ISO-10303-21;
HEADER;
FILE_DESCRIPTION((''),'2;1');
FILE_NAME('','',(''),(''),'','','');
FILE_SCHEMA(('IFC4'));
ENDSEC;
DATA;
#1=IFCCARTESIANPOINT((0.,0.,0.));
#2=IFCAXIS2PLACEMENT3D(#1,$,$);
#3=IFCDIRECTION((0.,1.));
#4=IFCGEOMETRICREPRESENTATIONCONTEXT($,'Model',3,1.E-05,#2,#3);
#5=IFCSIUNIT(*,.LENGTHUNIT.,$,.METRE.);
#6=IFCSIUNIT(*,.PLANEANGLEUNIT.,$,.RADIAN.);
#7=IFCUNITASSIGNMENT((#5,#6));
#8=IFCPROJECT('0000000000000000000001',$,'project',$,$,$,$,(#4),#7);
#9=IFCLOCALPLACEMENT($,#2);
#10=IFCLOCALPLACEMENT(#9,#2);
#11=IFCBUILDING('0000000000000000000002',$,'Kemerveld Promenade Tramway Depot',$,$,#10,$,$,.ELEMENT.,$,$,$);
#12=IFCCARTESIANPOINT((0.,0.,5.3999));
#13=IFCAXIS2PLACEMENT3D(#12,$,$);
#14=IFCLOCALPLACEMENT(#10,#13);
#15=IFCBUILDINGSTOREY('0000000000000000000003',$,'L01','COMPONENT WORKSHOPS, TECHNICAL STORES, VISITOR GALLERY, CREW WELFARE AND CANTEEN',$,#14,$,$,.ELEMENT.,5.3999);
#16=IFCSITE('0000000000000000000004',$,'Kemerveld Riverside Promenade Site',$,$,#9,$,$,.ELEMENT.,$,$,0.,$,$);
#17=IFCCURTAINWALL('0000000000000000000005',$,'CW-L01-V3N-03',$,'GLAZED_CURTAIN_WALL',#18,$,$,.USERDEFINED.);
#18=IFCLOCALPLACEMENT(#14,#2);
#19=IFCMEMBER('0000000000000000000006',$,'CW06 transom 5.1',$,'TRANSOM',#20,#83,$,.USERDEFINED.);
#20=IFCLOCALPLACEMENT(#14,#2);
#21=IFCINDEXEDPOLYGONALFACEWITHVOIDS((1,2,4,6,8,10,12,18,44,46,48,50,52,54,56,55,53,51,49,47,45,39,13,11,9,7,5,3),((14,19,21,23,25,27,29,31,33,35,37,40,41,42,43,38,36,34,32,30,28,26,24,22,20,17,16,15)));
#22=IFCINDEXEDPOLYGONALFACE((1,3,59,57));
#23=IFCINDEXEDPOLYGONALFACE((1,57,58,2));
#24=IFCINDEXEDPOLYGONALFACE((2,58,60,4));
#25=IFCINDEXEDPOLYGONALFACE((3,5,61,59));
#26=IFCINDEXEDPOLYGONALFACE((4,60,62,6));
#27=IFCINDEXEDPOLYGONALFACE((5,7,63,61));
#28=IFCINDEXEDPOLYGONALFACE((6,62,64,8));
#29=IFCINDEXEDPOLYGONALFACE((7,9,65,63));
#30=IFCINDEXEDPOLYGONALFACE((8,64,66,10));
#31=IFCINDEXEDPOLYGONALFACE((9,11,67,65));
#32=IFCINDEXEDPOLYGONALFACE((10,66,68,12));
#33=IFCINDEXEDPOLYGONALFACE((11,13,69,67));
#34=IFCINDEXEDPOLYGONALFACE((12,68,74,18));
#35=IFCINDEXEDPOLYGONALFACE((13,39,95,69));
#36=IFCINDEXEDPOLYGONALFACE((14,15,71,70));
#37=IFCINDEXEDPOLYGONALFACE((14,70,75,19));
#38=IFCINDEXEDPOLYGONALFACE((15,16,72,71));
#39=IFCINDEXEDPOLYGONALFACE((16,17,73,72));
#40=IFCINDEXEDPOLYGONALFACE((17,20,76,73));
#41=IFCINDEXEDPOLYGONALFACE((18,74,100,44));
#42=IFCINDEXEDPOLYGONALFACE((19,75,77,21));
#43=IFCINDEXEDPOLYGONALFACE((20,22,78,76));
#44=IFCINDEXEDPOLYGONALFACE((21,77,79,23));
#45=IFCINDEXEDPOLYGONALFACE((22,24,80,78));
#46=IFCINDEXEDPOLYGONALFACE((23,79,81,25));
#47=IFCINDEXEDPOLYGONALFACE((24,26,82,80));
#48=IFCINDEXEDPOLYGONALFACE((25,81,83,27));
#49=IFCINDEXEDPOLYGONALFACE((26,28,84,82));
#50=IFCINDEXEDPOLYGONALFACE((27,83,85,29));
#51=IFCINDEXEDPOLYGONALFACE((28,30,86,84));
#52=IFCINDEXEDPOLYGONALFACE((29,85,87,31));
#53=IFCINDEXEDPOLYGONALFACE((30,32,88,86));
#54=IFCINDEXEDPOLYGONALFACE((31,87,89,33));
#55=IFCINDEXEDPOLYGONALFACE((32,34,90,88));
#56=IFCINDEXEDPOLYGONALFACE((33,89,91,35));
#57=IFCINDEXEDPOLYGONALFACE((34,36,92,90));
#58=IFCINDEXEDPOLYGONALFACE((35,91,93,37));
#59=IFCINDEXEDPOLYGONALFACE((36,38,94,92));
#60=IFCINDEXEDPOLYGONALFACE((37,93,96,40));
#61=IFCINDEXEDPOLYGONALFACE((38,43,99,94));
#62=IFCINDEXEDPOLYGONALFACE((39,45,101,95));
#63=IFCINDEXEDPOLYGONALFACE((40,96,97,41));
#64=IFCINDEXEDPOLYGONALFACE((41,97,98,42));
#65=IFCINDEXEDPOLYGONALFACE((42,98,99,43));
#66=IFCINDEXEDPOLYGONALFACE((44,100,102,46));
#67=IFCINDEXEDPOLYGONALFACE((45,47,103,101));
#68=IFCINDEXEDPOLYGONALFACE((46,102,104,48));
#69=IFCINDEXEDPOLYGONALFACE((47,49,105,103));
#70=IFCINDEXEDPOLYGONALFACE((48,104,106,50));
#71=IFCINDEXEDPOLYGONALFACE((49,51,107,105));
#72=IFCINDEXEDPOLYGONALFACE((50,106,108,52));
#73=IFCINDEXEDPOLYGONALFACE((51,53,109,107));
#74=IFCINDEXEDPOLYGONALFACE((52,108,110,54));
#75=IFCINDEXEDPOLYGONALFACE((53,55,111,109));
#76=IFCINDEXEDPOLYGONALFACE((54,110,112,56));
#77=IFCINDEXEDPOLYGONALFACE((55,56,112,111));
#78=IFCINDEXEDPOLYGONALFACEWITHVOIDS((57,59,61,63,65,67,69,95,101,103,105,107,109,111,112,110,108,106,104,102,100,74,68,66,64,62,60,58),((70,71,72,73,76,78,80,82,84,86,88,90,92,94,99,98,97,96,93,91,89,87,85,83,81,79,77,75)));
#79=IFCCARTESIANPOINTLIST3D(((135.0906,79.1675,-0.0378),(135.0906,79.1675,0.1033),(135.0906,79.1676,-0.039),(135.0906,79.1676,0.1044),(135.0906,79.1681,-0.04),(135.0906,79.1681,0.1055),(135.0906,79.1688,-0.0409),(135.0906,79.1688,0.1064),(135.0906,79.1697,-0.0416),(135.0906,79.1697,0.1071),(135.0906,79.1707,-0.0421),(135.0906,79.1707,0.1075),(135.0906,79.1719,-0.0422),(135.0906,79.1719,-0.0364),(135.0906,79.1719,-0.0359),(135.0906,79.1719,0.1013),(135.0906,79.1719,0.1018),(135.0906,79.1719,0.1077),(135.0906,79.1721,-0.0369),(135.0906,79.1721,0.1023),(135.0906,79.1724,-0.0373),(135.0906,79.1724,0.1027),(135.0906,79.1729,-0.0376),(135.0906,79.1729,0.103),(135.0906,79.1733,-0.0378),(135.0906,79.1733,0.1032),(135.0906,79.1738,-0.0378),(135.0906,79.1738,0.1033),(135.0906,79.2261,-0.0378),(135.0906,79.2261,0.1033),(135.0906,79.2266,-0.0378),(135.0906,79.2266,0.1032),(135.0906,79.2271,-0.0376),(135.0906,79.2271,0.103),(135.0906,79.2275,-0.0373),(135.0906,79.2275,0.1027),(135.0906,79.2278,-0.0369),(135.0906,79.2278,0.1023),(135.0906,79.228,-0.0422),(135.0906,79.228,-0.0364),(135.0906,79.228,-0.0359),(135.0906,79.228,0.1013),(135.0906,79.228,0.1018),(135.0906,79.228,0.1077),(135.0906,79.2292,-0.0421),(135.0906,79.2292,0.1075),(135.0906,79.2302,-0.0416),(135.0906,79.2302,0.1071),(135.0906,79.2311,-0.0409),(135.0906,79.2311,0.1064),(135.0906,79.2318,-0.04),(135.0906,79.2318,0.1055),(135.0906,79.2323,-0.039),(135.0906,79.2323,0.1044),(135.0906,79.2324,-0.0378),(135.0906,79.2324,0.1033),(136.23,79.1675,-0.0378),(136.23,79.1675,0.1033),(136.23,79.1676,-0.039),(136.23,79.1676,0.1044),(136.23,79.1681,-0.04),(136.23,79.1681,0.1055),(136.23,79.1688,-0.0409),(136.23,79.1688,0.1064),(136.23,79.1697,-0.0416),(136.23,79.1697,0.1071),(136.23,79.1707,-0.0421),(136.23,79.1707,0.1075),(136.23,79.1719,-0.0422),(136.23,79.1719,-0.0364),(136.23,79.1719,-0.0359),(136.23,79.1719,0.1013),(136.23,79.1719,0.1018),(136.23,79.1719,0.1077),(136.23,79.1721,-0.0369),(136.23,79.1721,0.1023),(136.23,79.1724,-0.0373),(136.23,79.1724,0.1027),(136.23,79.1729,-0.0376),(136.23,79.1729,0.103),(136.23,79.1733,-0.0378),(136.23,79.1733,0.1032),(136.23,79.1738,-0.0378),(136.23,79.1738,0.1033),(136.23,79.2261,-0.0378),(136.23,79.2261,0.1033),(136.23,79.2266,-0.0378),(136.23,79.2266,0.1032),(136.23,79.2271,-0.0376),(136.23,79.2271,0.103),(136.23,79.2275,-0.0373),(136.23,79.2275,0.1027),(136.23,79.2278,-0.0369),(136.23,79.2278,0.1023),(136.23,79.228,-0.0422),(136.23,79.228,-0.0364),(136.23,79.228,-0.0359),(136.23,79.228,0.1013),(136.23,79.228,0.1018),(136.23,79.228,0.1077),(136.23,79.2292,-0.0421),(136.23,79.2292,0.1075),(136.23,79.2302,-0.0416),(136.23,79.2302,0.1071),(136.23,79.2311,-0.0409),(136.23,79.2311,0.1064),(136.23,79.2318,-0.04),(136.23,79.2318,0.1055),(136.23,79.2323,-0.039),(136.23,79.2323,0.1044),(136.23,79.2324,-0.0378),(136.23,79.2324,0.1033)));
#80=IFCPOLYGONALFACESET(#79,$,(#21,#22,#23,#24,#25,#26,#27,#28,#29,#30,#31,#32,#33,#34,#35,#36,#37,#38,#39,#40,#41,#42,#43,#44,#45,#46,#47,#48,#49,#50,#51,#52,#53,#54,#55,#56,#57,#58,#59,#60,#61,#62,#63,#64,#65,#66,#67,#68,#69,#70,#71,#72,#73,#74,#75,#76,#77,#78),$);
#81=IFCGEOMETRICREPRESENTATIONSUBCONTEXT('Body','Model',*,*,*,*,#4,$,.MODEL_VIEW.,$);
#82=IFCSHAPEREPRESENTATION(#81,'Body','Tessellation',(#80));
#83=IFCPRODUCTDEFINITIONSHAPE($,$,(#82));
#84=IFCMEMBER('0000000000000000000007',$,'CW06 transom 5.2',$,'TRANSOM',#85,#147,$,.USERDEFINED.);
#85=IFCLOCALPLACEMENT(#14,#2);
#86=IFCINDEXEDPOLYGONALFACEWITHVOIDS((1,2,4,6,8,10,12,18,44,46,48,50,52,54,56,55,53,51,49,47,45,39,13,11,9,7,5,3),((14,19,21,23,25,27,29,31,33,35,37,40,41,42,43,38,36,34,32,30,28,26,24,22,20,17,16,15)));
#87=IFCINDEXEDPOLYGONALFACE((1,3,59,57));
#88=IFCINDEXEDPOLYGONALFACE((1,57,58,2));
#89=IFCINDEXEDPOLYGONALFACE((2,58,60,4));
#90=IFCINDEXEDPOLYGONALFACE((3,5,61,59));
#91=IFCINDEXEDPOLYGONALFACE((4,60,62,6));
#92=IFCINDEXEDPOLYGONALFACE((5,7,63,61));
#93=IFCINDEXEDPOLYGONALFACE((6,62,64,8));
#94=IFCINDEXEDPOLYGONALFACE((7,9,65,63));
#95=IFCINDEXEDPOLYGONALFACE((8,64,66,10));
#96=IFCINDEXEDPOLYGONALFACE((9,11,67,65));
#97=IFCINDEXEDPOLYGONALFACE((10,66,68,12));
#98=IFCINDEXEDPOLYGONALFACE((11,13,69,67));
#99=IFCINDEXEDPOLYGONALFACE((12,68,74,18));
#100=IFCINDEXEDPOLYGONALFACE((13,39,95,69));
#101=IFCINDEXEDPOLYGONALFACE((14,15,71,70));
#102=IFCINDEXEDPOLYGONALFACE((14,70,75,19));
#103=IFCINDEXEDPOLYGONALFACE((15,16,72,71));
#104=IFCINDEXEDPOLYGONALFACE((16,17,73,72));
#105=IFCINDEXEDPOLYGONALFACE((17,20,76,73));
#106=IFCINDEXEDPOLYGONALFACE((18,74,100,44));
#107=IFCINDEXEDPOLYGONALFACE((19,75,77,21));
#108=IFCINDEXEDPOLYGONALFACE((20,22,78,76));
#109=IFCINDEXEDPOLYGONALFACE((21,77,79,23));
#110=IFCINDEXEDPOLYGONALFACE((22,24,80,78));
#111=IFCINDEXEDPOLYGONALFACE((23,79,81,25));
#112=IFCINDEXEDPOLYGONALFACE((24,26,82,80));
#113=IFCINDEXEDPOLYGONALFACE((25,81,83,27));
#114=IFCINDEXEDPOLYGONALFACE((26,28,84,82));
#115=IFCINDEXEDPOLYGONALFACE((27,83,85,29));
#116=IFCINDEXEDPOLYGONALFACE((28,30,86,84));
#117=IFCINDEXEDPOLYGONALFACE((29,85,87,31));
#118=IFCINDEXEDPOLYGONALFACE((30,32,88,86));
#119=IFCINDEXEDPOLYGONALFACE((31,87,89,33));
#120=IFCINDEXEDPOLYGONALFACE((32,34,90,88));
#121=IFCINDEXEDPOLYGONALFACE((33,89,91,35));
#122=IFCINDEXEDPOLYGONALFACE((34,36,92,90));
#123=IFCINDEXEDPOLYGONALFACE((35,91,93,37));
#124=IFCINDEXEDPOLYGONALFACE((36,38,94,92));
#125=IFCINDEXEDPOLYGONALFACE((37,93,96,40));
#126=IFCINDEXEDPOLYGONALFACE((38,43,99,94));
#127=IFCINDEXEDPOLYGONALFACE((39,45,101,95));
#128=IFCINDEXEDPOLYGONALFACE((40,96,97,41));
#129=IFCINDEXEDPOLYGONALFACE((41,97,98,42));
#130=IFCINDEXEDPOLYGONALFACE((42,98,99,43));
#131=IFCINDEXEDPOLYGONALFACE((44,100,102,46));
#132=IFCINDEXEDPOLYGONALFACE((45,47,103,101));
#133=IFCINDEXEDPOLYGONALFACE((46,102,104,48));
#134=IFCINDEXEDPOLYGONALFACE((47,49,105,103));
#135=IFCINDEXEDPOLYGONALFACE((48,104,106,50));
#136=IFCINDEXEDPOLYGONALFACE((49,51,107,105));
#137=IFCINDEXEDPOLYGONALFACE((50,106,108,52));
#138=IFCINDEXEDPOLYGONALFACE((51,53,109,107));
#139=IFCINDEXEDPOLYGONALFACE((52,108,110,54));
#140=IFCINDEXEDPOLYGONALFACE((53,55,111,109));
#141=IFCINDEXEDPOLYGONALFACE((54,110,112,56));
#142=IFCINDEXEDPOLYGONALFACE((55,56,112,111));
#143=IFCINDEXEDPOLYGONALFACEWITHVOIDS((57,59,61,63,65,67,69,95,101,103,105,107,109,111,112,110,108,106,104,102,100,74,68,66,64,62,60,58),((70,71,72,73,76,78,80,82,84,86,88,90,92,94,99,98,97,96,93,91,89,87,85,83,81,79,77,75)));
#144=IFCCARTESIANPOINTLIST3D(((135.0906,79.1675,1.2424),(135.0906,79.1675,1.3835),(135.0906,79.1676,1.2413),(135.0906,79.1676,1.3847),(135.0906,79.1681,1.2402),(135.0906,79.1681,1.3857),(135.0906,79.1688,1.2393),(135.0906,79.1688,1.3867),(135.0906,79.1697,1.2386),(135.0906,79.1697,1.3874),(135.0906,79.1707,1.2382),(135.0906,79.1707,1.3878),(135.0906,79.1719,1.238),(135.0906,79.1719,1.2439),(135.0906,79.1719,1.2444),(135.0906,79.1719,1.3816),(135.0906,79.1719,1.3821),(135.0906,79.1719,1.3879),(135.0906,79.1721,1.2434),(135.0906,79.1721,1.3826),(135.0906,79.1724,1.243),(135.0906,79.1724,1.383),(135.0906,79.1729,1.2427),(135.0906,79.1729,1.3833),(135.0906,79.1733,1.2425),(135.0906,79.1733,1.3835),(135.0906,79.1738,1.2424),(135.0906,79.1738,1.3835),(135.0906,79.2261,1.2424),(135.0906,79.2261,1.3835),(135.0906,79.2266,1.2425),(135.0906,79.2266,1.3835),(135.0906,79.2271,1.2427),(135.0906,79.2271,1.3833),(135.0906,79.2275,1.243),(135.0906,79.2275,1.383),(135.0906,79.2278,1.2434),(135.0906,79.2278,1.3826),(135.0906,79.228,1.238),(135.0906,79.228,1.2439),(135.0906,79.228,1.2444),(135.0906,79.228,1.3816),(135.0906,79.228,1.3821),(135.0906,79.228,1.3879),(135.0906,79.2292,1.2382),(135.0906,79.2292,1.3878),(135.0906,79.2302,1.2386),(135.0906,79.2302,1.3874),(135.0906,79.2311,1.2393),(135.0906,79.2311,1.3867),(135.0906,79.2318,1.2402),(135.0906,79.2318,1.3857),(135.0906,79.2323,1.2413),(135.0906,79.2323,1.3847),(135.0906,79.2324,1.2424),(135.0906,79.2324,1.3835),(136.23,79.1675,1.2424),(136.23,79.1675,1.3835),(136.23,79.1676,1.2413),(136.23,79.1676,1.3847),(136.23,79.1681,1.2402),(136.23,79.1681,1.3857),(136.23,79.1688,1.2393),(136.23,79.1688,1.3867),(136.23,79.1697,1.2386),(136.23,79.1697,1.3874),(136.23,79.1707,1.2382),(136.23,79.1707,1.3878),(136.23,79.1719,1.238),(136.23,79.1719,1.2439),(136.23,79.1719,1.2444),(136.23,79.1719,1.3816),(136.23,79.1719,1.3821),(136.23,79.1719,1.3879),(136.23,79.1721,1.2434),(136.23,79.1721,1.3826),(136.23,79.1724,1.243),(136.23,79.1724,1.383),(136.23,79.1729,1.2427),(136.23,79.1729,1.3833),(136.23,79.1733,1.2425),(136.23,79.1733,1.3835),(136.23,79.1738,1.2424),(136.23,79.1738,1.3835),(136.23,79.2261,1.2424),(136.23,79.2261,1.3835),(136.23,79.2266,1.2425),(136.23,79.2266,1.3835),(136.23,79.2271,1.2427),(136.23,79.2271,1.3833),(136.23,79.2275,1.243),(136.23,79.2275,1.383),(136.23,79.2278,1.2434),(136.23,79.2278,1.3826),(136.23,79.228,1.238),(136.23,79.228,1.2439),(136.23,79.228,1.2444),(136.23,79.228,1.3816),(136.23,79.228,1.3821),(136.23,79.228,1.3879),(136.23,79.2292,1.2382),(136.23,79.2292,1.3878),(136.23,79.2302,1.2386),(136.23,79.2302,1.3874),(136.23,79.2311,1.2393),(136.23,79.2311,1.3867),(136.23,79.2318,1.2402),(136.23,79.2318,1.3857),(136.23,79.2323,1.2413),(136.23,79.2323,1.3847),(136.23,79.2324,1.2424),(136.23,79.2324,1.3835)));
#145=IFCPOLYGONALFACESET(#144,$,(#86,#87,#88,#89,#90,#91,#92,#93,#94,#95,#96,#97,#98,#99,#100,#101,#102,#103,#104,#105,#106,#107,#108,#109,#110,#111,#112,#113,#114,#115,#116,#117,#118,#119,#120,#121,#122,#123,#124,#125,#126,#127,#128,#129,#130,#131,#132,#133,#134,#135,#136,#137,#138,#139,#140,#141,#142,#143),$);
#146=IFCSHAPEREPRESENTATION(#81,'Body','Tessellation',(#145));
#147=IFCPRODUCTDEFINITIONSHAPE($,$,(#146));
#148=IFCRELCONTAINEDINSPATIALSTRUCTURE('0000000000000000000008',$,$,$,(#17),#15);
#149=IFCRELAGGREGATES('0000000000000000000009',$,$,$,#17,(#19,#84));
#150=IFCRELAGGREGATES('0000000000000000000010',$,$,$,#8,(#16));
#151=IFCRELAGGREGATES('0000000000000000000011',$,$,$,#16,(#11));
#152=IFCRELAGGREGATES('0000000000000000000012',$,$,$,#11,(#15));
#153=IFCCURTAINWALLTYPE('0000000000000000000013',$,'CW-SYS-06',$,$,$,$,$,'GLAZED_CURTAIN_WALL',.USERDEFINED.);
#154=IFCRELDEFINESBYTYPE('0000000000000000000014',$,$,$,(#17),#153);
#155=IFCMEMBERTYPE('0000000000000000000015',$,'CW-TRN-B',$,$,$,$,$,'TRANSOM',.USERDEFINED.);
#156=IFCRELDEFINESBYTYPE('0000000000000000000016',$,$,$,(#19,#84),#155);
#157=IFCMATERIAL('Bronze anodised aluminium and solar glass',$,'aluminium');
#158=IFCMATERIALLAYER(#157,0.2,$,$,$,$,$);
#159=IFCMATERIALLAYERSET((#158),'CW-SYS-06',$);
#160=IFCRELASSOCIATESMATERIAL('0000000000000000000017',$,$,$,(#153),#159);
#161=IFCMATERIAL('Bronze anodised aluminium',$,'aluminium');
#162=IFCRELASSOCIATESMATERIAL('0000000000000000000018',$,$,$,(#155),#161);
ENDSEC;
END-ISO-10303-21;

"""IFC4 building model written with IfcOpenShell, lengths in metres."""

from ifc_helpers import new_model, si_unit, direction, frame, origin, origin_2d, place, context, subcontext, project, spatial, hollow_rectangle, extrude, material, layer, layer_set, material_profile, profile_set, type_object, element, aggregate, save


model = new_model("IFC4")

# Units and contexts
model_context = context("Model", 3, precision=1e-05, world=origin(), true_north=direction((0.0, 1.0)))
body_context = subcontext(model_context, "Body", "Model", "MODEL_VIEW")
ifc_project = project(units=[si_unit("LENGTHUNIT", "METRE"), si_unit("PLANEANGLEUNIT", "RADIAN")], contexts=[model_context])

# Site, building, storey
site_placement = place(None, origin())
site = spatial("IfcSite", under=ifc_project, at=site_placement, Name="Kemerveld Riverside Promenade Site", CompositionType="ELEMENT", RefElevation=0.0)
building_placement = place(site_placement, origin())
building = spatial("IfcBuilding", under=site, at=building_placement, Name="Kemerveld Promenade Tramway Depot", CompositionType="ELEMENT")
storey_placement = place(building_placement, frame((0.0, 0.0, 5.3999)))
storey = spatial("IfcBuildingStorey", under=building, at=storey_placement, Name="L01", Description="COMPONENT WORKSHOPS, TECHNICAL STORES, VISITOR GALLERY, CREW WELFARE AND CANTEEN", CompositionType="ELEMENT", Elevation=5.3999)

# Curtain wall
ifc_material_1 = material(Name="Bronze anodised aluminium and solar glass", Category="aluminium")
ifc_layer_1 = layer(ifc_material_1, 0.2)
ifc_layer_set_1 = layer_set([ifc_layer_1], Name="CW-SYS-06")
curtain_wall_type_1 = type_object("IfcCurtainWallType", Name="CW-SYS-06", ElementType="GLAZED_CURTAIN_WALL", PredefinedType="USERDEFINED", material=ifc_layer_set_1)
curtain_wall_1_placement = place(storey_placement, origin())
curtain_wall_1 = element("IfcCurtainWall", 1, at=curtain_wall_1_placement, inside=storey, type_object=curtain_wall_type_1, Name="CW-L01-V3N-03", ObjectType="GLAZED_CURTAIN_WALL", PredefinedType="USERDEFINED")
ifc_material_2 = material(Name="Bronze anodised aluminium", Category="aluminium")

# Members
ifc_material_profile_1 = material_profile(ifc_material_2, hollow_rectangle(XDim=0.0649, YDim=0.1499, WallThickness=0.0044, InnerFilletRadius=0.002, OuterFilletRadius=0.0044, at=origin_2d()), Name="CW-TRN-150x65")
ifc_profile_set_1 = profile_set([ifc_material_profile_1], Name="Bronze anodised aluminium")
member_type_1 = type_object("IfcMemberType", Name="CW-TRN-B", ElementType="TRANSOM", PredefinedType="USERDEFINED", material=ifc_profile_set_1)
member_1_placement = place(storey_placement, frame((135.0906, 79.2, 0.0327), z_axis=(1.0, 0.0, 0.0), x_axis=(0.0, 1.0, 0.0)))
member_1 = element("IfcMember", 2, at=member_1_placement, type_object=member_type_1, Name="CW06 transom 5.1", ObjectType="TRANSOM", PredefinedType="USERDEFINED", context=body_context, shape_type="SweptSolid", body=[
    extrude(hollow_rectangle(XDim=0.0649, YDim=0.1499, WallThickness=0.0044, InnerFilletRadius=0.002, OuterFilletRadius=0.0044, at=origin_2d()), origin(), (0.0, 0.0, 1.0), 1.1394),
])
member_2_placement = place(storey_placement, frame((135.0906, 79.2, 1.313), z_axis=(1.0, 0.0, 0.0), x_axis=(0.0, 1.0, 0.0)))
member_2 = element("IfcMember", 3, at=member_2_placement, type_object=member_type_1, Name="CW06 transom 5.2", ObjectType="TRANSOM", PredefinedType="USERDEFINED", context=body_context, shape_type="SweptSolid", body=[
    extrude(hollow_rectangle(XDim=0.0649, YDim=0.1499, WallThickness=0.0044, InnerFilletRadius=0.002, OuterFilletRadius=0.0044, at=origin_2d()), origin(), (0.0, 0.0, 1.0), 1.1394),
])

aggregate(curtain_wall_1, [member_1, member_2])

save(model, "model.ifc")
